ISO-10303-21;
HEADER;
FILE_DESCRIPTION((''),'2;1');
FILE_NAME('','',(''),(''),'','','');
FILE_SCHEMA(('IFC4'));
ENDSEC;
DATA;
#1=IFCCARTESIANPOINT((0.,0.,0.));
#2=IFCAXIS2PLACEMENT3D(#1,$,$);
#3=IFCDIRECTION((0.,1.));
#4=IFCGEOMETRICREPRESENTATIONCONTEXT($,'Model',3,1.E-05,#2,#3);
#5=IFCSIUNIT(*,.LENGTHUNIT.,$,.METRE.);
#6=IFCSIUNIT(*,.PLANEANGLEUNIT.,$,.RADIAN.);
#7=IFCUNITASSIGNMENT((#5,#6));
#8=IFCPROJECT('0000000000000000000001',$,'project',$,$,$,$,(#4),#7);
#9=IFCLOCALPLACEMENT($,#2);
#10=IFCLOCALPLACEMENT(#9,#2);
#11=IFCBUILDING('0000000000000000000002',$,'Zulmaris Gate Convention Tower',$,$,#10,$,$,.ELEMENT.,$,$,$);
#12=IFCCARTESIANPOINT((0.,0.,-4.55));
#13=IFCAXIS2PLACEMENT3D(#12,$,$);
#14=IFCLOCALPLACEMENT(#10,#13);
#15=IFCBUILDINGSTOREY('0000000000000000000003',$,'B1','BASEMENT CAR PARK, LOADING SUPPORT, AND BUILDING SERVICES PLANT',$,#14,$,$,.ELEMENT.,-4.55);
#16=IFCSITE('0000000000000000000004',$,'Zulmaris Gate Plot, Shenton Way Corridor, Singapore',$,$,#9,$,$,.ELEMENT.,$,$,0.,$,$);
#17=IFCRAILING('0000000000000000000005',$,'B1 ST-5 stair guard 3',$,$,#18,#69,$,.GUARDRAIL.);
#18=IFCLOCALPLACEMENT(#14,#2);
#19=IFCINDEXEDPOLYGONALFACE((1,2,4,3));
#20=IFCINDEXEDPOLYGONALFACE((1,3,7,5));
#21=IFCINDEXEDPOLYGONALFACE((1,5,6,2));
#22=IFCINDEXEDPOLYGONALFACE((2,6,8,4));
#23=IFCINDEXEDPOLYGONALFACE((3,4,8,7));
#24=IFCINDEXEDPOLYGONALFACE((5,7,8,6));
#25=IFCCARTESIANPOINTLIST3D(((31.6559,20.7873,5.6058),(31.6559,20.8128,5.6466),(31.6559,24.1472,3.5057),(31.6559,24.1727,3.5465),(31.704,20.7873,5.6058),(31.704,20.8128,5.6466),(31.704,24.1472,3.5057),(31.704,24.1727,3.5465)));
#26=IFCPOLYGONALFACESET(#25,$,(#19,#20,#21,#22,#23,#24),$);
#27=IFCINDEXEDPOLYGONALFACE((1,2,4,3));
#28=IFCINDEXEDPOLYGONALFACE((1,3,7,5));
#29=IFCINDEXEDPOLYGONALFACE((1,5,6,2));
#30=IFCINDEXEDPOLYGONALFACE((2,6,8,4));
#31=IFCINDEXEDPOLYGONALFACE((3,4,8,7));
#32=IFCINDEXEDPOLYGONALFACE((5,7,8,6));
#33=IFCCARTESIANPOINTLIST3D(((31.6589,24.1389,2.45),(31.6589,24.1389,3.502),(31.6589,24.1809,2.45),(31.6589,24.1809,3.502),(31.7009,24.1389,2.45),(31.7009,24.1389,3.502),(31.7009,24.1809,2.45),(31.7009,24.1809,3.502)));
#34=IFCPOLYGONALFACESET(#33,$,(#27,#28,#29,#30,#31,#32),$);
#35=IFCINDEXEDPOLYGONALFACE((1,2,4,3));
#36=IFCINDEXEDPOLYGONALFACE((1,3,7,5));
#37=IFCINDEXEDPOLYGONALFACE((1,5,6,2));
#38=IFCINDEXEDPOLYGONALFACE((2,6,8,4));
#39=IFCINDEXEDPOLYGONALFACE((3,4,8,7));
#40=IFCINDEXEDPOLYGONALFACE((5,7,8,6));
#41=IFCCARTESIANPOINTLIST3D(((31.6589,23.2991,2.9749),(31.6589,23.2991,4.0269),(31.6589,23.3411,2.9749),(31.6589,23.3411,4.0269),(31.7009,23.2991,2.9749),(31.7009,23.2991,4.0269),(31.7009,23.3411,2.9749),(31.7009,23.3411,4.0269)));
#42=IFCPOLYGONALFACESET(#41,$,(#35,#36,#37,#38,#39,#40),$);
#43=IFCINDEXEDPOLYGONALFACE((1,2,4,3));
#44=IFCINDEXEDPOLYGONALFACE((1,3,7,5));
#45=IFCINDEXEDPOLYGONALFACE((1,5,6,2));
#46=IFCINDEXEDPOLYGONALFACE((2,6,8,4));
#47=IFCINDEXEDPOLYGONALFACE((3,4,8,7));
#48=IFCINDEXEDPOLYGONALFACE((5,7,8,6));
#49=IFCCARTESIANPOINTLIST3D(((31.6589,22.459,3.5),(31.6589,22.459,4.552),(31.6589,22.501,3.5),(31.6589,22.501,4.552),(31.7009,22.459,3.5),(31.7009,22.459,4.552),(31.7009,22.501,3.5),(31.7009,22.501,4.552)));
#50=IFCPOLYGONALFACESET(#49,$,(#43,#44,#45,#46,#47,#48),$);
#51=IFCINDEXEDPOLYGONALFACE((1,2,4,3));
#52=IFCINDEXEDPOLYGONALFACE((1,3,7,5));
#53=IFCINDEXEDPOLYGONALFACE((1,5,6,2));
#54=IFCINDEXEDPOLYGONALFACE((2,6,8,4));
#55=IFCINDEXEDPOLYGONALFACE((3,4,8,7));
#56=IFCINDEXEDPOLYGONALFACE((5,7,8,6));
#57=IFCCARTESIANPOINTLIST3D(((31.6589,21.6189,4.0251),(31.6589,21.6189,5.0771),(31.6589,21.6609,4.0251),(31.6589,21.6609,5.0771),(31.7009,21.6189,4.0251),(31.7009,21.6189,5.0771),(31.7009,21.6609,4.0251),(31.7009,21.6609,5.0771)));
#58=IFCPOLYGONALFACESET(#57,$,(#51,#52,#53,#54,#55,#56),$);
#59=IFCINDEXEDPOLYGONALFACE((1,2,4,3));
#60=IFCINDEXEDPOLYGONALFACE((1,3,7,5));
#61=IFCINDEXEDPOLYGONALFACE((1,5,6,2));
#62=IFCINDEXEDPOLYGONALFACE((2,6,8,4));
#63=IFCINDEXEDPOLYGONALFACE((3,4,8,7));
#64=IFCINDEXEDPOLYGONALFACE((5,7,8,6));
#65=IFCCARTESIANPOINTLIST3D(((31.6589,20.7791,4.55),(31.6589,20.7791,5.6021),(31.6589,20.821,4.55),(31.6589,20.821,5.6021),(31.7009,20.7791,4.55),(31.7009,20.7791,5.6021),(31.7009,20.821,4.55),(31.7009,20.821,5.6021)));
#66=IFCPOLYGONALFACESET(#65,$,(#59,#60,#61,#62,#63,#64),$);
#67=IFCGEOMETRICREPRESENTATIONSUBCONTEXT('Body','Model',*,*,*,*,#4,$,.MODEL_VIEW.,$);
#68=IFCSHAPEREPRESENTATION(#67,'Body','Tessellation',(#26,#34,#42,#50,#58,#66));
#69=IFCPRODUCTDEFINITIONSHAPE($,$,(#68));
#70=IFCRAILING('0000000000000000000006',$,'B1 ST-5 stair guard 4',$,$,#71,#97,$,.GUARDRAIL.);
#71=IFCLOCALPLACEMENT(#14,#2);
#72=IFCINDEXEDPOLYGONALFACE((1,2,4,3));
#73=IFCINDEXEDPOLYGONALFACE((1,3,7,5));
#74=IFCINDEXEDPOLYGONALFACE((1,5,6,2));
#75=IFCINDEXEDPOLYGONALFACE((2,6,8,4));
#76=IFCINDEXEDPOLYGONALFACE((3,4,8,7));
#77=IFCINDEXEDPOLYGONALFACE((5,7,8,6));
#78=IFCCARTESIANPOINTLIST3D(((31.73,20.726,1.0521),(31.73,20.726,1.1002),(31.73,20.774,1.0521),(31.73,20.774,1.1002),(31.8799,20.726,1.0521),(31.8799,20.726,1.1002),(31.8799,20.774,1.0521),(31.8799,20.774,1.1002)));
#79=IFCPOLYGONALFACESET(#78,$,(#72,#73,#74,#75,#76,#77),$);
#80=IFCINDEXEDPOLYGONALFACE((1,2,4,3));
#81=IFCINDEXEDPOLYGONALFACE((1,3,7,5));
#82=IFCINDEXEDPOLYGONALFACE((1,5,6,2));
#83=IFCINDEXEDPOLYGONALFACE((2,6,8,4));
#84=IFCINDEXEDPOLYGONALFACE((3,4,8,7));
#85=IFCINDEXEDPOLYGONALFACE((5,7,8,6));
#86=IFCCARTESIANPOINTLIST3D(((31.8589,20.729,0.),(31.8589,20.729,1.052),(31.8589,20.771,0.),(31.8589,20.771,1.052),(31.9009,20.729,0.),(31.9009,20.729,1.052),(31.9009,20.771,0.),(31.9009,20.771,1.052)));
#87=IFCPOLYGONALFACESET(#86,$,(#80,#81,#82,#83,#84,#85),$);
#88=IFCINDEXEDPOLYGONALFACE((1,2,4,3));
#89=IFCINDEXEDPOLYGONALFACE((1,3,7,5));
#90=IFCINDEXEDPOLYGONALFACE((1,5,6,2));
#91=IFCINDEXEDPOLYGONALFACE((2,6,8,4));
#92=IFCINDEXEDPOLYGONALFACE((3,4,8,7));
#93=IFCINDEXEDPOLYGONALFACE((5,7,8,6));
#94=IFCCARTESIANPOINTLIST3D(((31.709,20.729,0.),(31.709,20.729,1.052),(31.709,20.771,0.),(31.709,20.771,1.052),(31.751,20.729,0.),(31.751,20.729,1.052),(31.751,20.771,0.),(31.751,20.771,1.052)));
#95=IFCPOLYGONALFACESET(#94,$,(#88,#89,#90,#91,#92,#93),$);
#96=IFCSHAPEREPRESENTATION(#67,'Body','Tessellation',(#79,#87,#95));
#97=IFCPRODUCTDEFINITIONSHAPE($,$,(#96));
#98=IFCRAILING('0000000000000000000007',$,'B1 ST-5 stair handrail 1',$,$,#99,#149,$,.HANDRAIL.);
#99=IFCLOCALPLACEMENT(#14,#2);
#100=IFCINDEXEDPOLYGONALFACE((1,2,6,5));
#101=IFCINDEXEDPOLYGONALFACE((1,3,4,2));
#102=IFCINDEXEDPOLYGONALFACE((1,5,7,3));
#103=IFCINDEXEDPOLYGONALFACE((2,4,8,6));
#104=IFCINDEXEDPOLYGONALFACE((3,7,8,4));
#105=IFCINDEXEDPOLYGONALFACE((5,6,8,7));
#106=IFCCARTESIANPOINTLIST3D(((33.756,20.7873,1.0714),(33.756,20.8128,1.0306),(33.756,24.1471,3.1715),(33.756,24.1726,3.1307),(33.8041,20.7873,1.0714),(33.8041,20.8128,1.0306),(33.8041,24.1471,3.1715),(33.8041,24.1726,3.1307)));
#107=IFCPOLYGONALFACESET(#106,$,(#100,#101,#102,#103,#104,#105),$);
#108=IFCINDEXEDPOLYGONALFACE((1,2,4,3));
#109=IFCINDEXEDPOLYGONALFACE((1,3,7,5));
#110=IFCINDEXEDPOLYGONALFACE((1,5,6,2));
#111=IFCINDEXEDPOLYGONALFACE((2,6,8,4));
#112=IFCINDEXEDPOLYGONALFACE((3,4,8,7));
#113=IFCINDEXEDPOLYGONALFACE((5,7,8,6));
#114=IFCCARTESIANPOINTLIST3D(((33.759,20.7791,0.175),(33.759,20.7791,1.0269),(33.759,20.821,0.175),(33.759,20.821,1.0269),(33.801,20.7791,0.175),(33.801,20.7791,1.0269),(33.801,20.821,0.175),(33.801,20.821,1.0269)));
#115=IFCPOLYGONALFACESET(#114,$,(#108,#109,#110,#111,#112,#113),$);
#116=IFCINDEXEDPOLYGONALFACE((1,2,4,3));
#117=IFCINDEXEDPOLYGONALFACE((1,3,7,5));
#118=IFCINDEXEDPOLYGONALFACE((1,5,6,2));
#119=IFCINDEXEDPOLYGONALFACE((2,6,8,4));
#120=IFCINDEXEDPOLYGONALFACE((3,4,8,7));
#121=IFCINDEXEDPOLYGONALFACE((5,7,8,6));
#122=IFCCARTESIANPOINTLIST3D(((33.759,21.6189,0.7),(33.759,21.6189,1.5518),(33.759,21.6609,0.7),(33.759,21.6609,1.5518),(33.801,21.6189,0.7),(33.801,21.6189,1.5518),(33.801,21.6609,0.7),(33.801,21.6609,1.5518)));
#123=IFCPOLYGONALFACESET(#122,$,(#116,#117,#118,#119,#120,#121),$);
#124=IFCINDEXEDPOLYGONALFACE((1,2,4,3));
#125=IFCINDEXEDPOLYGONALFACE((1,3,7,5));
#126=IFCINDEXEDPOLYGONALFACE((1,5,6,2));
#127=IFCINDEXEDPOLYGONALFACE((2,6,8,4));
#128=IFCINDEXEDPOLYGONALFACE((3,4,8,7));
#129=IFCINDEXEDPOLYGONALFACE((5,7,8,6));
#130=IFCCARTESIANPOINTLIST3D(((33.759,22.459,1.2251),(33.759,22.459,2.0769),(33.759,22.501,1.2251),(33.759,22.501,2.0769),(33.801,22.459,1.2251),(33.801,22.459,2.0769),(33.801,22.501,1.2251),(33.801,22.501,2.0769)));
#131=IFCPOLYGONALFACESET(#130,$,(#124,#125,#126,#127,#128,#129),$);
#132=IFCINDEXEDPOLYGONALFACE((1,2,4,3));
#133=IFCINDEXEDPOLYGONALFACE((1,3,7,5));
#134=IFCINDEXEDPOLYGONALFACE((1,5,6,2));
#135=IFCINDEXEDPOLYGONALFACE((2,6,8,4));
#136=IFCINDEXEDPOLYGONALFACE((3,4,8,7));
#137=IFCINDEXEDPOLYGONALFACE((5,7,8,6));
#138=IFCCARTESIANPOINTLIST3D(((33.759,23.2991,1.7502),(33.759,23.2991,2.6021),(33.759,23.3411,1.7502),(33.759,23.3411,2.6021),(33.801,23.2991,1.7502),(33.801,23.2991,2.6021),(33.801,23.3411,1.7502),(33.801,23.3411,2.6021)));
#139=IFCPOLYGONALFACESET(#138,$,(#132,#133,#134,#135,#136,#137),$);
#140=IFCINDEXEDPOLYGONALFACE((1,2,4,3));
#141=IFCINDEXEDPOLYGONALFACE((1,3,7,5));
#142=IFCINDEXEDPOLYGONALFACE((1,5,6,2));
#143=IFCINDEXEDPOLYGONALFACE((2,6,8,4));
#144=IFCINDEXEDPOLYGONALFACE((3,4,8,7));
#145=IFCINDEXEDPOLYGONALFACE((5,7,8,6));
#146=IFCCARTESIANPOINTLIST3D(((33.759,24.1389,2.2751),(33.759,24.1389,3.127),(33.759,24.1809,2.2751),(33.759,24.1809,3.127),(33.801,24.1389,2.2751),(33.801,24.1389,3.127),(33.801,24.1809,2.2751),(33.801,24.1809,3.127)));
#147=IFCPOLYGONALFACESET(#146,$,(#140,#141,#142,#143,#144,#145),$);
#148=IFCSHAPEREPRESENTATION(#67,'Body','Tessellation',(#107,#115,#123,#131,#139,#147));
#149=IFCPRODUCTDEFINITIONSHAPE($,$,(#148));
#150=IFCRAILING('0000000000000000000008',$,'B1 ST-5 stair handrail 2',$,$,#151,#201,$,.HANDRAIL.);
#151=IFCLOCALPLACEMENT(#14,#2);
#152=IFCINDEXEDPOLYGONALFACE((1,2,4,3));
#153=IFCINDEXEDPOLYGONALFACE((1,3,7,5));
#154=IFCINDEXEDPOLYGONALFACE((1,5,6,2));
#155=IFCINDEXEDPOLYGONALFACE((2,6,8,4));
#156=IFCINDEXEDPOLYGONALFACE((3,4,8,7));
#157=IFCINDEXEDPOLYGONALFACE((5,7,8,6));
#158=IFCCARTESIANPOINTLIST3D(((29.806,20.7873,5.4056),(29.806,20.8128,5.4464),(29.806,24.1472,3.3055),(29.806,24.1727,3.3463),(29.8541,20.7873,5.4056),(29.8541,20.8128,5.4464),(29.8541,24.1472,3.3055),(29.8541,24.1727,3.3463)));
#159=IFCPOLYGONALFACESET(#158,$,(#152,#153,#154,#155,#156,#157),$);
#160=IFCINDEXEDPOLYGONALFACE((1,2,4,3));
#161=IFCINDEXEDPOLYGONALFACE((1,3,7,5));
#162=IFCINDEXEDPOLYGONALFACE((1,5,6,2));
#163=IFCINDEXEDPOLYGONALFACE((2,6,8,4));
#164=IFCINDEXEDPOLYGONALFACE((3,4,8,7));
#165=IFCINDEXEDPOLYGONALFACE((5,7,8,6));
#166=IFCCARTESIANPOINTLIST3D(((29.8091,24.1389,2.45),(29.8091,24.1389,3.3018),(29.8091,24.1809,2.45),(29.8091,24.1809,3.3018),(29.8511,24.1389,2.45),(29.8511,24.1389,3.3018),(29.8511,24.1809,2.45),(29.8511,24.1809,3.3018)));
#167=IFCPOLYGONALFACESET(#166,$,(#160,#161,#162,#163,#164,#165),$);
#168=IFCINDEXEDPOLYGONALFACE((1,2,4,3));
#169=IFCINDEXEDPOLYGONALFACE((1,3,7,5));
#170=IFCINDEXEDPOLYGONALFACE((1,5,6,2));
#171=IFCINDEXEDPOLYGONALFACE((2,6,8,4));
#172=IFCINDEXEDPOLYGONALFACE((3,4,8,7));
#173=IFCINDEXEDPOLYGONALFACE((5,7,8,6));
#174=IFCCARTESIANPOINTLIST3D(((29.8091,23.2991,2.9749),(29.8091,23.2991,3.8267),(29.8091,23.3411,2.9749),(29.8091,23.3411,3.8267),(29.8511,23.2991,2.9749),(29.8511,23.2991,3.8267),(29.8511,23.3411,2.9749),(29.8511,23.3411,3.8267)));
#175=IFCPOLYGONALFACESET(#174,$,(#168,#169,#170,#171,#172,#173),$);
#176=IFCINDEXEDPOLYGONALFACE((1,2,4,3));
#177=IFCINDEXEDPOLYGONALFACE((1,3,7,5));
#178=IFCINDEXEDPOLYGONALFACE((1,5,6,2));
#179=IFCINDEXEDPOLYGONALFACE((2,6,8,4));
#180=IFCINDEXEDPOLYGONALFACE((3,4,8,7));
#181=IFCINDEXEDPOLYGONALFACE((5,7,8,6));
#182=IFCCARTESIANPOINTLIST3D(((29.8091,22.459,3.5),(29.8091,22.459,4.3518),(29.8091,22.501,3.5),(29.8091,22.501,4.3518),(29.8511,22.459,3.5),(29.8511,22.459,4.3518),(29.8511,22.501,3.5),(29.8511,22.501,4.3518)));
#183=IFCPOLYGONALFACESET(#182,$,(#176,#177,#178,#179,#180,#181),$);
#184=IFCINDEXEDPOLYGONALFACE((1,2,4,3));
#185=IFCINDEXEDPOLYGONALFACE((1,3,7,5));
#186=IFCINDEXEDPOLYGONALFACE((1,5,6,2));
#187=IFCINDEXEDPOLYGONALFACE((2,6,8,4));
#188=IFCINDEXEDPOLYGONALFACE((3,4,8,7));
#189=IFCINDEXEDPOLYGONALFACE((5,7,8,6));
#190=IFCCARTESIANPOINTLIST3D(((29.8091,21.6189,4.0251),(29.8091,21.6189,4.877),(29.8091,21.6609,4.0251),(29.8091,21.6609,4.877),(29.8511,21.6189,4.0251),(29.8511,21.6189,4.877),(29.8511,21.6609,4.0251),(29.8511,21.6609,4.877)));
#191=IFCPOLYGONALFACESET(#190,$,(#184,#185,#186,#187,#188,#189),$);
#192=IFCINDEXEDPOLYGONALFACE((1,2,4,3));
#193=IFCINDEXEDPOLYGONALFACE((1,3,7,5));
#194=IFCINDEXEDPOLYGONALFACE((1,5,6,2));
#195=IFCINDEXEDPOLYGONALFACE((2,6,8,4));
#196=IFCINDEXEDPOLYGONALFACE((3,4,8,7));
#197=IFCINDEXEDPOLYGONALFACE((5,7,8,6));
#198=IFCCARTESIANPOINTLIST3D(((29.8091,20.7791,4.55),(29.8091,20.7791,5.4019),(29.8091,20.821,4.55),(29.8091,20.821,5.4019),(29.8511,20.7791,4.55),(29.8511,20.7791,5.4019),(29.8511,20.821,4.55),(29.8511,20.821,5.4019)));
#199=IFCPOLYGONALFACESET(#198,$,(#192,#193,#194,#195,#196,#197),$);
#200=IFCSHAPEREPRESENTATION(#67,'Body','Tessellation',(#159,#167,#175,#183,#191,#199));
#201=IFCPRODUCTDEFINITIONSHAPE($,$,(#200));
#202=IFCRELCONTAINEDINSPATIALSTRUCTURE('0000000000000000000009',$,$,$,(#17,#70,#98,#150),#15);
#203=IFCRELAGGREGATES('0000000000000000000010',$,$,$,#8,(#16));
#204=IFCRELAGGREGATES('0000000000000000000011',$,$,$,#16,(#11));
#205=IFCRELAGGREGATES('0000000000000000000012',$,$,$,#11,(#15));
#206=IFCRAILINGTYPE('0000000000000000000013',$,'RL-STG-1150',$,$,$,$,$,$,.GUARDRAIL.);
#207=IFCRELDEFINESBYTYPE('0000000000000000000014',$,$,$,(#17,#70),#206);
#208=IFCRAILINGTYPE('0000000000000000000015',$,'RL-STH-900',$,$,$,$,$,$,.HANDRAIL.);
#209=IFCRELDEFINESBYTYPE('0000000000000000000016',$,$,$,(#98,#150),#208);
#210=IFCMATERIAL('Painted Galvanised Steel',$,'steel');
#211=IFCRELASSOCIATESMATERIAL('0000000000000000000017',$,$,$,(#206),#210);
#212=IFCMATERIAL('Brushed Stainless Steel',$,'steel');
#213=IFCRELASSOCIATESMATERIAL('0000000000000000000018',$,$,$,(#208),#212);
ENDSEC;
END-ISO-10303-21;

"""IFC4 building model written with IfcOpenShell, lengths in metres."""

from ifc_helpers import new_model, si_unit, direction, frame, origin, origin_2d, place, context, subcontext, project, spatial, rectangle, extrude, material, type_object, element, save


model = new_model("IFC4")

# Units and contexts
model_context = context("Model", 3, precision=1e-05, world=origin(), true_north=direction((0.0, 1.0)))
body_context = subcontext(model_context, "Body", "Model", "MODEL_VIEW")
ifc_project = project(units=[si_unit("LENGTHUNIT", "METRE"), si_unit("PLANEANGLEUNIT", "RADIAN")], contexts=[model_context])

# Site, building, storey
site_placement = place(None, origin())
site = spatial("IfcSite", under=ifc_project, at=site_placement, Name="Zulmaris Gate Plot, Shenton Way Corridor, Singapore", CompositionType="ELEMENT", RefElevation=0.0)
building_placement = place(site_placement, origin())
building = spatial("IfcBuilding", under=site, at=building_placement, Name="Zulmaris Gate Convention Tower", CompositionType="ELEMENT")
storey_placement = place(building_placement, frame((0.0, 0.0, -4.55)))
storey = spatial("IfcBuildingStorey", under=building, at=storey_placement, Name="B1", Description="BASEMENT CAR PARK, LOADING SUPPORT, AND BUILDING SERVICES PLANT", CompositionType="ELEMENT", Elevation=-4.55)

# Railings
ifc_material_1 = material(Name="Painted Galvanised Steel", Category="steel")
railing_type_1 = type_object("IfcRailingType", Name="RL-STG-1150", PredefinedType="GUARDRAIL", material=ifc_material_1)
railing_1_placement = place(storey_placement, frame((31.6799, 24.1599, 2.45)))
element("IfcRailing", 1, at=railing_1_placement, inside=storey, type_object=railing_type_1, Name="B1 ST-5 stair guard 3", PredefinedType="GUARDRAIL", context=body_context, shape_type="SweptSolid", body=[
    extrude(rectangle(XDim=0.0481, YDim=0.0481, at=origin_2d()), frame((0.0, 0.0, 1.0762), z_axis=(0.0, -0.847978, 0.530032), x_axis=(1.0, 0.0, 0.0)), (0.0, 0.0, 1.0), 3.9622),
    extrude(rectangle(XDim=0.042, YDim=0.042, at=origin_2d()), origin(), (0.0, 0.0, 1.0), 1.052),
    extrude(rectangle(XDim=0.042, YDim=0.042, at=origin_2d()), frame((0.0, -0.8398, 0.5249)), (0.0, 0.0, 1.0), 1.052),
    extrude(rectangle(XDim=0.042, YDim=0.042, at=origin_2d()), frame((0.0, -1.6799, 1.05)), (0.0, 0.0, 1.0), 1.052),
    extrude(rectangle(XDim=0.042, YDim=0.042, at=origin_2d()), frame((0.0, -2.52, 1.5752)), (0.0, 0.0, 1.0), 1.052),
    extrude(rectangle(XDim=0.042, YDim=0.042, at=origin_2d()), frame((0.0, -3.3599, 2.1001)), (0.0, 0.0, 1.0), 1.052),
])
railing_2_placement = place(storey_placement, frame((31.8799, 20.75, 0.0)))
element("IfcRailing", 2, at=railing_2_placement, inside=storey, type_object=railing_type_1, Name="B1 ST-5 stair guard 4", PredefinedType="GUARDRAIL", context=body_context, shape_type="SweptSolid", body=[
    extrude(rectangle(XDim=0.0481, YDim=0.0481, at=origin_2d()), frame((0.0, 0.0, 1.0762), z_axis=(-1.0, 0.0, 0.0), x_axis=(0.0, -1.0, 0.0)), (0.0, 0.0, 1.0), 0.1499),
    extrude(rectangle(XDim=0.042, YDim=0.042, at=origin_2d()), origin(), (0.0, 0.0, 1.0), 1.052),
    extrude(rectangle(XDim=0.042, YDim=0.042, at=origin_2d()), frame((-0.1499, 0.0, 0.0)), (0.0, 0.0, 1.0), 1.052),
])
ifc_material_2 = material(Name="Brushed Stainless Steel", Category="steel")
railing_type_2 = type_object("IfcRailingType", Name="RL-STH-900", PredefinedType="HANDRAIL", material=ifc_material_2)
railing_3_placement = place(storey_placement, frame((33.78, 20.8, 0.175)))
element("IfcRailing", 3, at=railing_3_placement, inside=storey, type_object=railing_type_2, Name="B1 ST-5 stair handrail 1", PredefinedType="HANDRAIL", context=body_context, shape_type="SweptSolid", body=[
    extrude(rectangle(XDim=0.0481, YDim=0.0481, at=origin_2d()), frame((0.0, 0.0, 0.876), z_axis=(0.0, 0.847978, 0.530032), x_axis=(-1.0, 0.0, 0.0)), (0.0, 0.0, 1.0), 3.9622),
    extrude(rectangle(XDim=0.042, YDim=0.042, at=origin_2d()), origin(), (0.0, 0.0, 1.0), 0.8518),
    extrude(rectangle(XDim=0.042, YDim=0.042, at=origin_2d()), frame((0.0, 0.8398, 0.5249)), (0.0, 0.0, 1.0), 0.8518),
    extrude(rectangle(XDim=0.042, YDim=0.042, at=origin_2d()), frame((0.0, 1.6799, 1.05)), (0.0, 0.0, 1.0), 0.8518),
    extrude(rectangle(XDim=0.042, YDim=0.042, at=origin_2d()), frame((0.0, 2.52, 1.5752)), (0.0, 0.0, 1.0), 0.8518),
    extrude(rectangle(XDim=0.042, YDim=0.042, at=origin_2d()), frame((0.0, 3.3599, 2.1001)), (0.0, 0.0, 1.0), 0.8518),
])
railing_4_placement = place(storey_placement, frame((29.8301, 24.1599, 2.45)))
element("IfcRailing", 4, at=railing_4_placement, inside=storey, type_object=railing_type_2, Name="B1 ST-5 stair handrail 2", PredefinedType="HANDRAIL", context=body_context, shape_type="SweptSolid", body=[
    extrude(rectangle(XDim=0.0481, YDim=0.0481, at=origin_2d()), frame((0.0, 0.0, 0.876), z_axis=(0.0, -0.847978, 0.530032), x_axis=(1.0, 0.0, 0.0)), (0.0, 0.0, 1.0), 3.9622),
    extrude(rectangle(XDim=0.042, YDim=0.042, at=origin_2d()), origin(), (0.0, 0.0, 1.0), 0.8518),
    extrude(rectangle(XDim=0.042, YDim=0.042, at=origin_2d()), frame((0.0, -0.8398, 0.5249)), (0.0, 0.0, 1.0), 0.8518),
    extrude(rectangle(XDim=0.042, YDim=0.042, at=origin_2d()), frame((0.0, -1.6799, 1.05)), (0.0, 0.0, 1.0), 0.8518),
    extrude(rectangle(XDim=0.042, YDim=0.042, at=origin_2d()), frame((0.0, -2.52, 1.5752)), (0.0, 0.0, 1.0), 0.8518),
    extrude(rectangle(XDim=0.042, YDim=0.042, at=origin_2d()), frame((0.0, -3.3599, 2.1001)), (0.0, 0.0, 1.0), 0.8518),
])

save(model, "model.ifc")
